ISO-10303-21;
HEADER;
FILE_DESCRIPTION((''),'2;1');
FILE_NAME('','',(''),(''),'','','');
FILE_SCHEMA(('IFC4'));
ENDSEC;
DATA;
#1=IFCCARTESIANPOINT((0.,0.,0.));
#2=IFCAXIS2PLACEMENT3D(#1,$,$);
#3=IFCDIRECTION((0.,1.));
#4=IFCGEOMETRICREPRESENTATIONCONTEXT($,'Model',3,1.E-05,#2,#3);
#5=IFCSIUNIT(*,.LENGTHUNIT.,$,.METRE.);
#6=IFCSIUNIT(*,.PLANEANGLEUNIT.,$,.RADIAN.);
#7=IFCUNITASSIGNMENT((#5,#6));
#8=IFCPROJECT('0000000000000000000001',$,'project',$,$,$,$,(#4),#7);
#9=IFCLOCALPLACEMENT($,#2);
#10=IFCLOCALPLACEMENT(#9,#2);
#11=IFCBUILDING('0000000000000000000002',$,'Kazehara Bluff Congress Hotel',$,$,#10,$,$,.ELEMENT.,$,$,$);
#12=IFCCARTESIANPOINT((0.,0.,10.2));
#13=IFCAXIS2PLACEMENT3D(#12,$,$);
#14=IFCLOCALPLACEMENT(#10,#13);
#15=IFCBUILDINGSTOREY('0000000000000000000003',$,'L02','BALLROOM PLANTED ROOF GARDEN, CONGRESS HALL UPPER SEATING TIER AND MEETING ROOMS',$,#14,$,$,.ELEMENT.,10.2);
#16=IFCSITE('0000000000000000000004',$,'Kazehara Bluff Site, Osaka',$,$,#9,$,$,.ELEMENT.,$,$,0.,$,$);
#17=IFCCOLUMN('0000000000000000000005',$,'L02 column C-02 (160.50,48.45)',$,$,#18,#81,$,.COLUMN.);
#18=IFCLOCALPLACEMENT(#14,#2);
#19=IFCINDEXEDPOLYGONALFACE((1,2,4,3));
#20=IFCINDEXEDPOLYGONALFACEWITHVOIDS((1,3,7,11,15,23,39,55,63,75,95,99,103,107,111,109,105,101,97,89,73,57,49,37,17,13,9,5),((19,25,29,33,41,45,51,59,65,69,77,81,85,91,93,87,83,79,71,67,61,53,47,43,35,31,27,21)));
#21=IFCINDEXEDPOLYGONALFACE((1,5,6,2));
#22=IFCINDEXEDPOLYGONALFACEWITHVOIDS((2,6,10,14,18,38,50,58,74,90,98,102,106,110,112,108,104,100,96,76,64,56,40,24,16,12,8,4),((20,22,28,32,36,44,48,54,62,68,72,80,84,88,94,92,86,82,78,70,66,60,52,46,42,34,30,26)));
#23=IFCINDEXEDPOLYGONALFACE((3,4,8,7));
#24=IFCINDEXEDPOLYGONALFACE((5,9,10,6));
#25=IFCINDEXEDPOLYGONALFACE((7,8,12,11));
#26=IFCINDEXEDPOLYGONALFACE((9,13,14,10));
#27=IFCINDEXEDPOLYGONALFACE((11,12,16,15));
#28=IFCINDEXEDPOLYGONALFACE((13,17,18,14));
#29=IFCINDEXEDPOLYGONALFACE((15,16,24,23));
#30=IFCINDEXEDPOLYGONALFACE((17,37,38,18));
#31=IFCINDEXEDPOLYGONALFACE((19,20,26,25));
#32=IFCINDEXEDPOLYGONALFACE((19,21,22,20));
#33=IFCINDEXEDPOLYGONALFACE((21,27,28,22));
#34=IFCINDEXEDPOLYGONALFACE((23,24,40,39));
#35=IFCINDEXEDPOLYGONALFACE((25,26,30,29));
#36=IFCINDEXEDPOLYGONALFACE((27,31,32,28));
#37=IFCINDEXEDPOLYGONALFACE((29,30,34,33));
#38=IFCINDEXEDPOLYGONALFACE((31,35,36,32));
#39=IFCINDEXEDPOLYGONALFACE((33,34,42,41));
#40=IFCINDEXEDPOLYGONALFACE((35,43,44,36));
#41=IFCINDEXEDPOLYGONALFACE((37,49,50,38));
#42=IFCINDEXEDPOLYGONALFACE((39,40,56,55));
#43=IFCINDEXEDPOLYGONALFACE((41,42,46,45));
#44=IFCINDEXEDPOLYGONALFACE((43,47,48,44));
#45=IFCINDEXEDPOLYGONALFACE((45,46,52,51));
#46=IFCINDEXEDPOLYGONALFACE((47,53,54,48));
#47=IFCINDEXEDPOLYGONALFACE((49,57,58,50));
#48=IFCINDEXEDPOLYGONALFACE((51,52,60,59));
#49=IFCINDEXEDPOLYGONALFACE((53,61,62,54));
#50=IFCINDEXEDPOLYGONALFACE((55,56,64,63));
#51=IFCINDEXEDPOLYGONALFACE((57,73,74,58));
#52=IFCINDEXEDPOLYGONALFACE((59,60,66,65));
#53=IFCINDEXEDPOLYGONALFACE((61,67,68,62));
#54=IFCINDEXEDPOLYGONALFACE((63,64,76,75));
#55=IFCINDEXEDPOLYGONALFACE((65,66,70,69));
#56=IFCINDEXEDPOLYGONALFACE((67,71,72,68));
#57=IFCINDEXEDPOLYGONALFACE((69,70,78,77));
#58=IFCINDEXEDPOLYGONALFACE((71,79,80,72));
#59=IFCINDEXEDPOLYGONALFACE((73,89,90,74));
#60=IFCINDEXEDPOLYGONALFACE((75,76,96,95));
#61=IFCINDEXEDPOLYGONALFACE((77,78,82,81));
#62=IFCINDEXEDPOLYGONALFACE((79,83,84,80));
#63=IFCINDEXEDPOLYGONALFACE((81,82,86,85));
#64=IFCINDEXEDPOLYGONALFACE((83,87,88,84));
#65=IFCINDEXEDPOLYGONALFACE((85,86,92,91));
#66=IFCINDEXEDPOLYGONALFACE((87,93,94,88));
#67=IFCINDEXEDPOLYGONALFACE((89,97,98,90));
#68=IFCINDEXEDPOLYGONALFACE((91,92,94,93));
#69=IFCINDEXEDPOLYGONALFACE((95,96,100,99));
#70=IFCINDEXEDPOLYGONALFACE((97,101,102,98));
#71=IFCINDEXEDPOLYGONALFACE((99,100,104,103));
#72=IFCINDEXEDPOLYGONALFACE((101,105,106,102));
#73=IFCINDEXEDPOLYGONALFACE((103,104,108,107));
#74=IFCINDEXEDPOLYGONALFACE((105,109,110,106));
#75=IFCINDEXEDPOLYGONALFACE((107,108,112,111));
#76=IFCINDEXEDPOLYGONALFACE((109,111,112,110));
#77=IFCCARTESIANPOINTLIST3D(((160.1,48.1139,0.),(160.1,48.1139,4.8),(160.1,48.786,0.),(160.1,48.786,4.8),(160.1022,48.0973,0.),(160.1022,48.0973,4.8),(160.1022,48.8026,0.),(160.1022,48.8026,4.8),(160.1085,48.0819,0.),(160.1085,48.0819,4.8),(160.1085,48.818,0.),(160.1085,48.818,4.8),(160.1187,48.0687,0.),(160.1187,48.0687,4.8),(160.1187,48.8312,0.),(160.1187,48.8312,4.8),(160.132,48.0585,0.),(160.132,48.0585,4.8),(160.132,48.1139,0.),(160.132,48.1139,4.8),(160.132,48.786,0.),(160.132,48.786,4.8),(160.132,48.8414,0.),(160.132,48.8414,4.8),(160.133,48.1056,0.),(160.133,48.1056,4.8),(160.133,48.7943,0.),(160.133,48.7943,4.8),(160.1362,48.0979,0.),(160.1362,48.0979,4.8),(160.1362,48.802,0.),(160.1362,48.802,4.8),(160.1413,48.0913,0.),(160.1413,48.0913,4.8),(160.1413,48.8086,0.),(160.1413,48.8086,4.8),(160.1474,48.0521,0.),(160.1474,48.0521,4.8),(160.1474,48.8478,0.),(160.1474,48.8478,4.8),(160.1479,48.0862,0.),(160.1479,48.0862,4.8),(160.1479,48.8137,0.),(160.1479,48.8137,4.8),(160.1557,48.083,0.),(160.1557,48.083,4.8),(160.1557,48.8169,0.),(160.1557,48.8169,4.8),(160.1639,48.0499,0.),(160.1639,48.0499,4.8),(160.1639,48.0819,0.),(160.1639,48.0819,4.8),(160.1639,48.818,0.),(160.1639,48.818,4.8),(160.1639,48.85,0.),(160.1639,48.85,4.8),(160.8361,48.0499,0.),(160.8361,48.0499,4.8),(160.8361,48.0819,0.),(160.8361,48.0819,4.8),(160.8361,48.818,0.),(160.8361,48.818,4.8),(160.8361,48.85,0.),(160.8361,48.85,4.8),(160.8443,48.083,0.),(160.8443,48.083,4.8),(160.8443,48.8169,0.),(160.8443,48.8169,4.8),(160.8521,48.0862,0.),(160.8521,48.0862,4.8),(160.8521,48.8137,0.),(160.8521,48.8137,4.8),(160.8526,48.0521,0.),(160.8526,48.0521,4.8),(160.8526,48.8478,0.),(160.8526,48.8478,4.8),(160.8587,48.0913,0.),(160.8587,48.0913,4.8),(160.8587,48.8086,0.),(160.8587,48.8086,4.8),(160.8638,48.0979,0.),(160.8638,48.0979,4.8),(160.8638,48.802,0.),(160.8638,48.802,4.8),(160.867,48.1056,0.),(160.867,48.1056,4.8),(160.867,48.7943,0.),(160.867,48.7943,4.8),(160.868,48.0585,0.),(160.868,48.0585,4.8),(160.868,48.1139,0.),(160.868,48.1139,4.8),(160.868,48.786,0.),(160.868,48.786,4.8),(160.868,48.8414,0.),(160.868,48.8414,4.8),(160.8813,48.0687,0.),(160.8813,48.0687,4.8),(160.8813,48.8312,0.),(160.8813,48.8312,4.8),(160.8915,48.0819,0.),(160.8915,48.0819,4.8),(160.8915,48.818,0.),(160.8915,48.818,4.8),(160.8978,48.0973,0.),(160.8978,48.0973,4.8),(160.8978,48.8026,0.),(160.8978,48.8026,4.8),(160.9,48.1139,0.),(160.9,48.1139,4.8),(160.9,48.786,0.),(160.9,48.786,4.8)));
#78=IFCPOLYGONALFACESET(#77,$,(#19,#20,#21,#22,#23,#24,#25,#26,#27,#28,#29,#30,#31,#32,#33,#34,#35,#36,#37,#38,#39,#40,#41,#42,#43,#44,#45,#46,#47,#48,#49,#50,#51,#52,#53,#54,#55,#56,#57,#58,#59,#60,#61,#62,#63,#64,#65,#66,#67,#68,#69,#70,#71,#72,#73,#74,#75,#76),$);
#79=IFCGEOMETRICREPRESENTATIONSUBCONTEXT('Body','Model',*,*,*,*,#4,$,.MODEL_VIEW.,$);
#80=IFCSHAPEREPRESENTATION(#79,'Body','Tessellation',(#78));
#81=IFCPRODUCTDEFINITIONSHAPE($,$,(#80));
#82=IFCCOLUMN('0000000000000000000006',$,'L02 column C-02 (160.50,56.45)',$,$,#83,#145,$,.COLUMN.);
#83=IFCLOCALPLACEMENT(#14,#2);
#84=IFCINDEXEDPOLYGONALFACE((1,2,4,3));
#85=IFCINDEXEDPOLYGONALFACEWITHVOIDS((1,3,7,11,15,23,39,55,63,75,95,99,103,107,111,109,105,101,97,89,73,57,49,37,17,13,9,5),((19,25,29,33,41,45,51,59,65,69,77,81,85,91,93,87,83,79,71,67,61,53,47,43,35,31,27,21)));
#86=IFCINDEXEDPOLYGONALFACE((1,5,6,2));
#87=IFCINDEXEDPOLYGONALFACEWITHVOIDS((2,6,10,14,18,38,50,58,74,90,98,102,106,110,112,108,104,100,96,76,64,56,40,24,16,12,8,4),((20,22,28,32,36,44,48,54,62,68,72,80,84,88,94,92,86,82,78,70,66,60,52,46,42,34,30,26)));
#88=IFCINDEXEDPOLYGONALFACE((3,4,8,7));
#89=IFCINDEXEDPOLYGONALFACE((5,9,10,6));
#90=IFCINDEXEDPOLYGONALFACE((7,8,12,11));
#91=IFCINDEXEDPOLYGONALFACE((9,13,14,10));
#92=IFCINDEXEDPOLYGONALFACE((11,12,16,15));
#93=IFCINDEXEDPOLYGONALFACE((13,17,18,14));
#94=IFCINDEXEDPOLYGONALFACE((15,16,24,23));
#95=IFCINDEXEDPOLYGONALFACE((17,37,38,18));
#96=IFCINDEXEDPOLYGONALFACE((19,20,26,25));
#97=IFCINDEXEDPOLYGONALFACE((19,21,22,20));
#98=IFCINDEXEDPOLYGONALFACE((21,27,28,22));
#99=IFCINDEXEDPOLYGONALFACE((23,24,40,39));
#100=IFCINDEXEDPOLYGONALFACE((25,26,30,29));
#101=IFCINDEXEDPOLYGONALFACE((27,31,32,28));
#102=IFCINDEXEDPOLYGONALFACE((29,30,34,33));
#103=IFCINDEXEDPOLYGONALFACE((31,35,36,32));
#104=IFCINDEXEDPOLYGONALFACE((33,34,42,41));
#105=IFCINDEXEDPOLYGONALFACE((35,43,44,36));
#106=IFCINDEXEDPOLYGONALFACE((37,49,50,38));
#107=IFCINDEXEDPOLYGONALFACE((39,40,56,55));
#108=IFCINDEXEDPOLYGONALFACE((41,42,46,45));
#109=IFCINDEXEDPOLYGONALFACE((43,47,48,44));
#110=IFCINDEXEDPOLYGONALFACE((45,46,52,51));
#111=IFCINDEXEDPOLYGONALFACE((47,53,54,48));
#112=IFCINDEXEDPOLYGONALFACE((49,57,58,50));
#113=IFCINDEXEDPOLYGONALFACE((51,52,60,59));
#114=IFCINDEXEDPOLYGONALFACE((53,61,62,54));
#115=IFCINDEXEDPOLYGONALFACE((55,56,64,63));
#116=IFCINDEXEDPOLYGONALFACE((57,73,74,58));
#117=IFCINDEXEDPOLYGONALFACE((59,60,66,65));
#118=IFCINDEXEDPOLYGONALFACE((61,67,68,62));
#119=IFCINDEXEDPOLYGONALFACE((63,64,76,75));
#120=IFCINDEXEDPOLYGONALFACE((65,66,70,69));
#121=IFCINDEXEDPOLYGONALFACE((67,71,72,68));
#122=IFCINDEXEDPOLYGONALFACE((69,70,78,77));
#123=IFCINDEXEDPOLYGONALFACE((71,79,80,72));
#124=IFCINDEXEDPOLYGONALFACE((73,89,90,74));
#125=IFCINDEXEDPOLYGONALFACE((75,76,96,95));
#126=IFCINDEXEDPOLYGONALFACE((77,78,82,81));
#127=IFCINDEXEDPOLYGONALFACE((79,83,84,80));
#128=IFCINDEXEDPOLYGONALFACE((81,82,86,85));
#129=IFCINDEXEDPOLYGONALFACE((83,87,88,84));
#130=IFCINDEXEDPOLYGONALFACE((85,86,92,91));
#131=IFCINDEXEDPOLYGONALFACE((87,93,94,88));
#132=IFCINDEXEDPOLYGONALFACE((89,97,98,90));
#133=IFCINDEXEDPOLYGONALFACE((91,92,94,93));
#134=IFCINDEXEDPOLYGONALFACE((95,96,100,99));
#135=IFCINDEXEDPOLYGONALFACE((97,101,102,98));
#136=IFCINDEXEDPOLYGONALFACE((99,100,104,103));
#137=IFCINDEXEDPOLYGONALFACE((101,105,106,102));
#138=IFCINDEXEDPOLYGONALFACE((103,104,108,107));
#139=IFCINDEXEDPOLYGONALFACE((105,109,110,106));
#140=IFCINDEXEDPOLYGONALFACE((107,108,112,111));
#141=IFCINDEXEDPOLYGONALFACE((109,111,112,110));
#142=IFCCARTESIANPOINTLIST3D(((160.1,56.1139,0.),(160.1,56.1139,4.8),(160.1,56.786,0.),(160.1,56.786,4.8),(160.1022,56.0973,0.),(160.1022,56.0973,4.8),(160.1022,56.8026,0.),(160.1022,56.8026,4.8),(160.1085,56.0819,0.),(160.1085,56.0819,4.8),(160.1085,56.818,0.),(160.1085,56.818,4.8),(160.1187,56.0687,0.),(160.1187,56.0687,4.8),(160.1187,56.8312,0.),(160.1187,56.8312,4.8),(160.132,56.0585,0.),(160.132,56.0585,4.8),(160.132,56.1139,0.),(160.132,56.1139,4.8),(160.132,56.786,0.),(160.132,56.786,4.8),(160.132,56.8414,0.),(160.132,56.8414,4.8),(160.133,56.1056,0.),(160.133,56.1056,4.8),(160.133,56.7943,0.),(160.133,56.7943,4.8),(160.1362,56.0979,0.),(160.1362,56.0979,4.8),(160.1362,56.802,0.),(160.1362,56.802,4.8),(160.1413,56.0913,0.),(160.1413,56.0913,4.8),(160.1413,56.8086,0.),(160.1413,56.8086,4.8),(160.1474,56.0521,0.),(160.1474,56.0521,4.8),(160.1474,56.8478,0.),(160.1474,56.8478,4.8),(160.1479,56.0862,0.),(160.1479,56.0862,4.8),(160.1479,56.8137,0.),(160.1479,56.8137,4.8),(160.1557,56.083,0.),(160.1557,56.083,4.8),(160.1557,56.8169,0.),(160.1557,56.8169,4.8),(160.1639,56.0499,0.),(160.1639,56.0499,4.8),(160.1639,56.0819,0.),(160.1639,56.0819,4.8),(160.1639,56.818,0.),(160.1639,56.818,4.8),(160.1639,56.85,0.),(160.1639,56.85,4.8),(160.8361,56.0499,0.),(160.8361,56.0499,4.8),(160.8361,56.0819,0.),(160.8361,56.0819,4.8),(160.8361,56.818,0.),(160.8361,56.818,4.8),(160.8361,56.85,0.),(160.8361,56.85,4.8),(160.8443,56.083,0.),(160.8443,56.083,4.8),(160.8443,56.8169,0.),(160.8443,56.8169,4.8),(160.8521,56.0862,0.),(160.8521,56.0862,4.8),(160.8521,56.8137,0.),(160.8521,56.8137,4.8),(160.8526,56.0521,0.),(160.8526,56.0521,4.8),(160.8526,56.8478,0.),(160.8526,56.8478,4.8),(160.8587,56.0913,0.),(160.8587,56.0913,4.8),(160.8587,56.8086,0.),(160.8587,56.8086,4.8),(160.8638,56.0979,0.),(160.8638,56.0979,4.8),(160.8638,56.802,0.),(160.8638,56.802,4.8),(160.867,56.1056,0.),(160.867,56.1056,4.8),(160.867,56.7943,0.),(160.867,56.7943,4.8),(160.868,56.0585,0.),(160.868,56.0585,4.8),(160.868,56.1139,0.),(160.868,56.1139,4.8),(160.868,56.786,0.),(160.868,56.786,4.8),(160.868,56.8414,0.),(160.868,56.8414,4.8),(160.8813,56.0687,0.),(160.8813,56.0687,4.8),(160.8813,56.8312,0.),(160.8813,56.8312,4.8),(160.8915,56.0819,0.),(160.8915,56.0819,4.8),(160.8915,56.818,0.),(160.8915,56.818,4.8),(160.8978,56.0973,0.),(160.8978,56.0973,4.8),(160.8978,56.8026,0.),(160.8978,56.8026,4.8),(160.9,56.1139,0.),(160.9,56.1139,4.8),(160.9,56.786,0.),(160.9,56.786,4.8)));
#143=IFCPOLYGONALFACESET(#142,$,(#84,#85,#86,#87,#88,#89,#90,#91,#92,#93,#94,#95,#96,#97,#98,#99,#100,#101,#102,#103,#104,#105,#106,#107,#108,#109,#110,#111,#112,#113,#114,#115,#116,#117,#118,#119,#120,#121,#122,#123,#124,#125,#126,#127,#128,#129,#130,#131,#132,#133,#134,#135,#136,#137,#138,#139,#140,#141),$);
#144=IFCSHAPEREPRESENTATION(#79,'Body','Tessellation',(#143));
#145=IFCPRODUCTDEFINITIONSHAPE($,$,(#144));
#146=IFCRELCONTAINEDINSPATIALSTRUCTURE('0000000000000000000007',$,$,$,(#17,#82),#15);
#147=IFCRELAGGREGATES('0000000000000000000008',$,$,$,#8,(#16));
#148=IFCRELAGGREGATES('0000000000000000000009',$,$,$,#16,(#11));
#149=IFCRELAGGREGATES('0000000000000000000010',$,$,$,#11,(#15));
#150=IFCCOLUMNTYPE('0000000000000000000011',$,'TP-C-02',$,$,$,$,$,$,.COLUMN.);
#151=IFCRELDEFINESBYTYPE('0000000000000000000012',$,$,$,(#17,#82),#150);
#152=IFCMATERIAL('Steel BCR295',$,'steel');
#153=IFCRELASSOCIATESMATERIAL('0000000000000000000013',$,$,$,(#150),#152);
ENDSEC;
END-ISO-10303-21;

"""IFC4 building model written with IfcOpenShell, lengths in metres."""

from ifc_helpers import new_model, si_unit, direction, frame, origin, origin_2d, place, context, subcontext, project, spatial, hollow_rectangle, extrude, material, material_profile, profile_set, type_object, element, save


model = new_model("IFC4")

# Units and contexts
model_context = context("Model", 3, precision=1e-05, world=origin(), true_north=direction((0.0, 1.0)))
body_context = subcontext(model_context, "Body", "Model", "MODEL_VIEW")
ifc_project = project(units=[si_unit("LENGTHUNIT", "METRE"), si_unit("PLANEANGLEUNIT", "RADIAN")], contexts=[model_context])

# Site, building, storey
site_placement = place(None, origin())
site = spatial("IfcSite", under=ifc_project, at=site_placement, Name="Kazehara Bluff Site, Osaka", CompositionType="ELEMENT", RefElevation=0.0)
building_placement = place(site_placement, origin())
building = spatial("IfcBuilding", under=site, at=building_placement, Name="Kazehara Bluff Congress Hotel", CompositionType="ELEMENT")
storey_placement = place(building_placement, frame((0.0, 0.0, 10.2)))
storey = spatial("IfcBuildingStorey", under=building, at=storey_placement, Name="L02", Description="BALLROOM PLANTED ROOF GARDEN, CONGRESS HALL UPPER SEATING TIER AND MEETING ROOMS", CompositionType="ELEMENT", Elevation=10.2)

# Columns
ifc_material_1 = material(Name="Steel BCR295", Category="steel")
ifc_material_profile_1 = material_profile(ifc_material_1, hollow_rectangle(XDim=0.8, YDim=0.8, WallThickness=0.032, InnerFilletRadius=0.032, OuterFilletRadius=0.064, at=origin_2d()))
ifc_profile_set_1 = profile_set([ifc_material_profile_1], Name="Steel BCR295")
column_type_1 = type_object("IfcColumnType", Name="TP-C-02", PredefinedType="COLUMN", material=ifc_profile_set_1)
for number, where, z_axis, x_axis, name in (
    (1, (160.5, 48.45, 0.0), (0.0, 0.0, 1.0), (1.0, 0.0, 0.0), "L02 column C-02 (160.50,48.45)"),
    (2, (160.5, 56.45, 0.0), (0.0, 0.0, 1.0), (1.0, 0.0, 0.0), "L02 column C-02 (160.50,56.45)"),
):
    element("IfcColumn", number, at=place(storey_placement, frame(where, z_axis=z_axis, x_axis=x_axis)), inside=storey, type_object=column_type_1, Name=name, PredefinedType="COLUMN", context=body_context, shape_type="SweptSolid", body=[
        extrude(hollow_rectangle(XDim=0.8, YDim=0.8, WallThickness=0.032, InnerFilletRadius=0.032, OuterFilletRadius=0.064, at=origin_2d()), origin(), (0.0, 0.0, 1.0), 4.8),
    ])

save(model, "model.ifc")
